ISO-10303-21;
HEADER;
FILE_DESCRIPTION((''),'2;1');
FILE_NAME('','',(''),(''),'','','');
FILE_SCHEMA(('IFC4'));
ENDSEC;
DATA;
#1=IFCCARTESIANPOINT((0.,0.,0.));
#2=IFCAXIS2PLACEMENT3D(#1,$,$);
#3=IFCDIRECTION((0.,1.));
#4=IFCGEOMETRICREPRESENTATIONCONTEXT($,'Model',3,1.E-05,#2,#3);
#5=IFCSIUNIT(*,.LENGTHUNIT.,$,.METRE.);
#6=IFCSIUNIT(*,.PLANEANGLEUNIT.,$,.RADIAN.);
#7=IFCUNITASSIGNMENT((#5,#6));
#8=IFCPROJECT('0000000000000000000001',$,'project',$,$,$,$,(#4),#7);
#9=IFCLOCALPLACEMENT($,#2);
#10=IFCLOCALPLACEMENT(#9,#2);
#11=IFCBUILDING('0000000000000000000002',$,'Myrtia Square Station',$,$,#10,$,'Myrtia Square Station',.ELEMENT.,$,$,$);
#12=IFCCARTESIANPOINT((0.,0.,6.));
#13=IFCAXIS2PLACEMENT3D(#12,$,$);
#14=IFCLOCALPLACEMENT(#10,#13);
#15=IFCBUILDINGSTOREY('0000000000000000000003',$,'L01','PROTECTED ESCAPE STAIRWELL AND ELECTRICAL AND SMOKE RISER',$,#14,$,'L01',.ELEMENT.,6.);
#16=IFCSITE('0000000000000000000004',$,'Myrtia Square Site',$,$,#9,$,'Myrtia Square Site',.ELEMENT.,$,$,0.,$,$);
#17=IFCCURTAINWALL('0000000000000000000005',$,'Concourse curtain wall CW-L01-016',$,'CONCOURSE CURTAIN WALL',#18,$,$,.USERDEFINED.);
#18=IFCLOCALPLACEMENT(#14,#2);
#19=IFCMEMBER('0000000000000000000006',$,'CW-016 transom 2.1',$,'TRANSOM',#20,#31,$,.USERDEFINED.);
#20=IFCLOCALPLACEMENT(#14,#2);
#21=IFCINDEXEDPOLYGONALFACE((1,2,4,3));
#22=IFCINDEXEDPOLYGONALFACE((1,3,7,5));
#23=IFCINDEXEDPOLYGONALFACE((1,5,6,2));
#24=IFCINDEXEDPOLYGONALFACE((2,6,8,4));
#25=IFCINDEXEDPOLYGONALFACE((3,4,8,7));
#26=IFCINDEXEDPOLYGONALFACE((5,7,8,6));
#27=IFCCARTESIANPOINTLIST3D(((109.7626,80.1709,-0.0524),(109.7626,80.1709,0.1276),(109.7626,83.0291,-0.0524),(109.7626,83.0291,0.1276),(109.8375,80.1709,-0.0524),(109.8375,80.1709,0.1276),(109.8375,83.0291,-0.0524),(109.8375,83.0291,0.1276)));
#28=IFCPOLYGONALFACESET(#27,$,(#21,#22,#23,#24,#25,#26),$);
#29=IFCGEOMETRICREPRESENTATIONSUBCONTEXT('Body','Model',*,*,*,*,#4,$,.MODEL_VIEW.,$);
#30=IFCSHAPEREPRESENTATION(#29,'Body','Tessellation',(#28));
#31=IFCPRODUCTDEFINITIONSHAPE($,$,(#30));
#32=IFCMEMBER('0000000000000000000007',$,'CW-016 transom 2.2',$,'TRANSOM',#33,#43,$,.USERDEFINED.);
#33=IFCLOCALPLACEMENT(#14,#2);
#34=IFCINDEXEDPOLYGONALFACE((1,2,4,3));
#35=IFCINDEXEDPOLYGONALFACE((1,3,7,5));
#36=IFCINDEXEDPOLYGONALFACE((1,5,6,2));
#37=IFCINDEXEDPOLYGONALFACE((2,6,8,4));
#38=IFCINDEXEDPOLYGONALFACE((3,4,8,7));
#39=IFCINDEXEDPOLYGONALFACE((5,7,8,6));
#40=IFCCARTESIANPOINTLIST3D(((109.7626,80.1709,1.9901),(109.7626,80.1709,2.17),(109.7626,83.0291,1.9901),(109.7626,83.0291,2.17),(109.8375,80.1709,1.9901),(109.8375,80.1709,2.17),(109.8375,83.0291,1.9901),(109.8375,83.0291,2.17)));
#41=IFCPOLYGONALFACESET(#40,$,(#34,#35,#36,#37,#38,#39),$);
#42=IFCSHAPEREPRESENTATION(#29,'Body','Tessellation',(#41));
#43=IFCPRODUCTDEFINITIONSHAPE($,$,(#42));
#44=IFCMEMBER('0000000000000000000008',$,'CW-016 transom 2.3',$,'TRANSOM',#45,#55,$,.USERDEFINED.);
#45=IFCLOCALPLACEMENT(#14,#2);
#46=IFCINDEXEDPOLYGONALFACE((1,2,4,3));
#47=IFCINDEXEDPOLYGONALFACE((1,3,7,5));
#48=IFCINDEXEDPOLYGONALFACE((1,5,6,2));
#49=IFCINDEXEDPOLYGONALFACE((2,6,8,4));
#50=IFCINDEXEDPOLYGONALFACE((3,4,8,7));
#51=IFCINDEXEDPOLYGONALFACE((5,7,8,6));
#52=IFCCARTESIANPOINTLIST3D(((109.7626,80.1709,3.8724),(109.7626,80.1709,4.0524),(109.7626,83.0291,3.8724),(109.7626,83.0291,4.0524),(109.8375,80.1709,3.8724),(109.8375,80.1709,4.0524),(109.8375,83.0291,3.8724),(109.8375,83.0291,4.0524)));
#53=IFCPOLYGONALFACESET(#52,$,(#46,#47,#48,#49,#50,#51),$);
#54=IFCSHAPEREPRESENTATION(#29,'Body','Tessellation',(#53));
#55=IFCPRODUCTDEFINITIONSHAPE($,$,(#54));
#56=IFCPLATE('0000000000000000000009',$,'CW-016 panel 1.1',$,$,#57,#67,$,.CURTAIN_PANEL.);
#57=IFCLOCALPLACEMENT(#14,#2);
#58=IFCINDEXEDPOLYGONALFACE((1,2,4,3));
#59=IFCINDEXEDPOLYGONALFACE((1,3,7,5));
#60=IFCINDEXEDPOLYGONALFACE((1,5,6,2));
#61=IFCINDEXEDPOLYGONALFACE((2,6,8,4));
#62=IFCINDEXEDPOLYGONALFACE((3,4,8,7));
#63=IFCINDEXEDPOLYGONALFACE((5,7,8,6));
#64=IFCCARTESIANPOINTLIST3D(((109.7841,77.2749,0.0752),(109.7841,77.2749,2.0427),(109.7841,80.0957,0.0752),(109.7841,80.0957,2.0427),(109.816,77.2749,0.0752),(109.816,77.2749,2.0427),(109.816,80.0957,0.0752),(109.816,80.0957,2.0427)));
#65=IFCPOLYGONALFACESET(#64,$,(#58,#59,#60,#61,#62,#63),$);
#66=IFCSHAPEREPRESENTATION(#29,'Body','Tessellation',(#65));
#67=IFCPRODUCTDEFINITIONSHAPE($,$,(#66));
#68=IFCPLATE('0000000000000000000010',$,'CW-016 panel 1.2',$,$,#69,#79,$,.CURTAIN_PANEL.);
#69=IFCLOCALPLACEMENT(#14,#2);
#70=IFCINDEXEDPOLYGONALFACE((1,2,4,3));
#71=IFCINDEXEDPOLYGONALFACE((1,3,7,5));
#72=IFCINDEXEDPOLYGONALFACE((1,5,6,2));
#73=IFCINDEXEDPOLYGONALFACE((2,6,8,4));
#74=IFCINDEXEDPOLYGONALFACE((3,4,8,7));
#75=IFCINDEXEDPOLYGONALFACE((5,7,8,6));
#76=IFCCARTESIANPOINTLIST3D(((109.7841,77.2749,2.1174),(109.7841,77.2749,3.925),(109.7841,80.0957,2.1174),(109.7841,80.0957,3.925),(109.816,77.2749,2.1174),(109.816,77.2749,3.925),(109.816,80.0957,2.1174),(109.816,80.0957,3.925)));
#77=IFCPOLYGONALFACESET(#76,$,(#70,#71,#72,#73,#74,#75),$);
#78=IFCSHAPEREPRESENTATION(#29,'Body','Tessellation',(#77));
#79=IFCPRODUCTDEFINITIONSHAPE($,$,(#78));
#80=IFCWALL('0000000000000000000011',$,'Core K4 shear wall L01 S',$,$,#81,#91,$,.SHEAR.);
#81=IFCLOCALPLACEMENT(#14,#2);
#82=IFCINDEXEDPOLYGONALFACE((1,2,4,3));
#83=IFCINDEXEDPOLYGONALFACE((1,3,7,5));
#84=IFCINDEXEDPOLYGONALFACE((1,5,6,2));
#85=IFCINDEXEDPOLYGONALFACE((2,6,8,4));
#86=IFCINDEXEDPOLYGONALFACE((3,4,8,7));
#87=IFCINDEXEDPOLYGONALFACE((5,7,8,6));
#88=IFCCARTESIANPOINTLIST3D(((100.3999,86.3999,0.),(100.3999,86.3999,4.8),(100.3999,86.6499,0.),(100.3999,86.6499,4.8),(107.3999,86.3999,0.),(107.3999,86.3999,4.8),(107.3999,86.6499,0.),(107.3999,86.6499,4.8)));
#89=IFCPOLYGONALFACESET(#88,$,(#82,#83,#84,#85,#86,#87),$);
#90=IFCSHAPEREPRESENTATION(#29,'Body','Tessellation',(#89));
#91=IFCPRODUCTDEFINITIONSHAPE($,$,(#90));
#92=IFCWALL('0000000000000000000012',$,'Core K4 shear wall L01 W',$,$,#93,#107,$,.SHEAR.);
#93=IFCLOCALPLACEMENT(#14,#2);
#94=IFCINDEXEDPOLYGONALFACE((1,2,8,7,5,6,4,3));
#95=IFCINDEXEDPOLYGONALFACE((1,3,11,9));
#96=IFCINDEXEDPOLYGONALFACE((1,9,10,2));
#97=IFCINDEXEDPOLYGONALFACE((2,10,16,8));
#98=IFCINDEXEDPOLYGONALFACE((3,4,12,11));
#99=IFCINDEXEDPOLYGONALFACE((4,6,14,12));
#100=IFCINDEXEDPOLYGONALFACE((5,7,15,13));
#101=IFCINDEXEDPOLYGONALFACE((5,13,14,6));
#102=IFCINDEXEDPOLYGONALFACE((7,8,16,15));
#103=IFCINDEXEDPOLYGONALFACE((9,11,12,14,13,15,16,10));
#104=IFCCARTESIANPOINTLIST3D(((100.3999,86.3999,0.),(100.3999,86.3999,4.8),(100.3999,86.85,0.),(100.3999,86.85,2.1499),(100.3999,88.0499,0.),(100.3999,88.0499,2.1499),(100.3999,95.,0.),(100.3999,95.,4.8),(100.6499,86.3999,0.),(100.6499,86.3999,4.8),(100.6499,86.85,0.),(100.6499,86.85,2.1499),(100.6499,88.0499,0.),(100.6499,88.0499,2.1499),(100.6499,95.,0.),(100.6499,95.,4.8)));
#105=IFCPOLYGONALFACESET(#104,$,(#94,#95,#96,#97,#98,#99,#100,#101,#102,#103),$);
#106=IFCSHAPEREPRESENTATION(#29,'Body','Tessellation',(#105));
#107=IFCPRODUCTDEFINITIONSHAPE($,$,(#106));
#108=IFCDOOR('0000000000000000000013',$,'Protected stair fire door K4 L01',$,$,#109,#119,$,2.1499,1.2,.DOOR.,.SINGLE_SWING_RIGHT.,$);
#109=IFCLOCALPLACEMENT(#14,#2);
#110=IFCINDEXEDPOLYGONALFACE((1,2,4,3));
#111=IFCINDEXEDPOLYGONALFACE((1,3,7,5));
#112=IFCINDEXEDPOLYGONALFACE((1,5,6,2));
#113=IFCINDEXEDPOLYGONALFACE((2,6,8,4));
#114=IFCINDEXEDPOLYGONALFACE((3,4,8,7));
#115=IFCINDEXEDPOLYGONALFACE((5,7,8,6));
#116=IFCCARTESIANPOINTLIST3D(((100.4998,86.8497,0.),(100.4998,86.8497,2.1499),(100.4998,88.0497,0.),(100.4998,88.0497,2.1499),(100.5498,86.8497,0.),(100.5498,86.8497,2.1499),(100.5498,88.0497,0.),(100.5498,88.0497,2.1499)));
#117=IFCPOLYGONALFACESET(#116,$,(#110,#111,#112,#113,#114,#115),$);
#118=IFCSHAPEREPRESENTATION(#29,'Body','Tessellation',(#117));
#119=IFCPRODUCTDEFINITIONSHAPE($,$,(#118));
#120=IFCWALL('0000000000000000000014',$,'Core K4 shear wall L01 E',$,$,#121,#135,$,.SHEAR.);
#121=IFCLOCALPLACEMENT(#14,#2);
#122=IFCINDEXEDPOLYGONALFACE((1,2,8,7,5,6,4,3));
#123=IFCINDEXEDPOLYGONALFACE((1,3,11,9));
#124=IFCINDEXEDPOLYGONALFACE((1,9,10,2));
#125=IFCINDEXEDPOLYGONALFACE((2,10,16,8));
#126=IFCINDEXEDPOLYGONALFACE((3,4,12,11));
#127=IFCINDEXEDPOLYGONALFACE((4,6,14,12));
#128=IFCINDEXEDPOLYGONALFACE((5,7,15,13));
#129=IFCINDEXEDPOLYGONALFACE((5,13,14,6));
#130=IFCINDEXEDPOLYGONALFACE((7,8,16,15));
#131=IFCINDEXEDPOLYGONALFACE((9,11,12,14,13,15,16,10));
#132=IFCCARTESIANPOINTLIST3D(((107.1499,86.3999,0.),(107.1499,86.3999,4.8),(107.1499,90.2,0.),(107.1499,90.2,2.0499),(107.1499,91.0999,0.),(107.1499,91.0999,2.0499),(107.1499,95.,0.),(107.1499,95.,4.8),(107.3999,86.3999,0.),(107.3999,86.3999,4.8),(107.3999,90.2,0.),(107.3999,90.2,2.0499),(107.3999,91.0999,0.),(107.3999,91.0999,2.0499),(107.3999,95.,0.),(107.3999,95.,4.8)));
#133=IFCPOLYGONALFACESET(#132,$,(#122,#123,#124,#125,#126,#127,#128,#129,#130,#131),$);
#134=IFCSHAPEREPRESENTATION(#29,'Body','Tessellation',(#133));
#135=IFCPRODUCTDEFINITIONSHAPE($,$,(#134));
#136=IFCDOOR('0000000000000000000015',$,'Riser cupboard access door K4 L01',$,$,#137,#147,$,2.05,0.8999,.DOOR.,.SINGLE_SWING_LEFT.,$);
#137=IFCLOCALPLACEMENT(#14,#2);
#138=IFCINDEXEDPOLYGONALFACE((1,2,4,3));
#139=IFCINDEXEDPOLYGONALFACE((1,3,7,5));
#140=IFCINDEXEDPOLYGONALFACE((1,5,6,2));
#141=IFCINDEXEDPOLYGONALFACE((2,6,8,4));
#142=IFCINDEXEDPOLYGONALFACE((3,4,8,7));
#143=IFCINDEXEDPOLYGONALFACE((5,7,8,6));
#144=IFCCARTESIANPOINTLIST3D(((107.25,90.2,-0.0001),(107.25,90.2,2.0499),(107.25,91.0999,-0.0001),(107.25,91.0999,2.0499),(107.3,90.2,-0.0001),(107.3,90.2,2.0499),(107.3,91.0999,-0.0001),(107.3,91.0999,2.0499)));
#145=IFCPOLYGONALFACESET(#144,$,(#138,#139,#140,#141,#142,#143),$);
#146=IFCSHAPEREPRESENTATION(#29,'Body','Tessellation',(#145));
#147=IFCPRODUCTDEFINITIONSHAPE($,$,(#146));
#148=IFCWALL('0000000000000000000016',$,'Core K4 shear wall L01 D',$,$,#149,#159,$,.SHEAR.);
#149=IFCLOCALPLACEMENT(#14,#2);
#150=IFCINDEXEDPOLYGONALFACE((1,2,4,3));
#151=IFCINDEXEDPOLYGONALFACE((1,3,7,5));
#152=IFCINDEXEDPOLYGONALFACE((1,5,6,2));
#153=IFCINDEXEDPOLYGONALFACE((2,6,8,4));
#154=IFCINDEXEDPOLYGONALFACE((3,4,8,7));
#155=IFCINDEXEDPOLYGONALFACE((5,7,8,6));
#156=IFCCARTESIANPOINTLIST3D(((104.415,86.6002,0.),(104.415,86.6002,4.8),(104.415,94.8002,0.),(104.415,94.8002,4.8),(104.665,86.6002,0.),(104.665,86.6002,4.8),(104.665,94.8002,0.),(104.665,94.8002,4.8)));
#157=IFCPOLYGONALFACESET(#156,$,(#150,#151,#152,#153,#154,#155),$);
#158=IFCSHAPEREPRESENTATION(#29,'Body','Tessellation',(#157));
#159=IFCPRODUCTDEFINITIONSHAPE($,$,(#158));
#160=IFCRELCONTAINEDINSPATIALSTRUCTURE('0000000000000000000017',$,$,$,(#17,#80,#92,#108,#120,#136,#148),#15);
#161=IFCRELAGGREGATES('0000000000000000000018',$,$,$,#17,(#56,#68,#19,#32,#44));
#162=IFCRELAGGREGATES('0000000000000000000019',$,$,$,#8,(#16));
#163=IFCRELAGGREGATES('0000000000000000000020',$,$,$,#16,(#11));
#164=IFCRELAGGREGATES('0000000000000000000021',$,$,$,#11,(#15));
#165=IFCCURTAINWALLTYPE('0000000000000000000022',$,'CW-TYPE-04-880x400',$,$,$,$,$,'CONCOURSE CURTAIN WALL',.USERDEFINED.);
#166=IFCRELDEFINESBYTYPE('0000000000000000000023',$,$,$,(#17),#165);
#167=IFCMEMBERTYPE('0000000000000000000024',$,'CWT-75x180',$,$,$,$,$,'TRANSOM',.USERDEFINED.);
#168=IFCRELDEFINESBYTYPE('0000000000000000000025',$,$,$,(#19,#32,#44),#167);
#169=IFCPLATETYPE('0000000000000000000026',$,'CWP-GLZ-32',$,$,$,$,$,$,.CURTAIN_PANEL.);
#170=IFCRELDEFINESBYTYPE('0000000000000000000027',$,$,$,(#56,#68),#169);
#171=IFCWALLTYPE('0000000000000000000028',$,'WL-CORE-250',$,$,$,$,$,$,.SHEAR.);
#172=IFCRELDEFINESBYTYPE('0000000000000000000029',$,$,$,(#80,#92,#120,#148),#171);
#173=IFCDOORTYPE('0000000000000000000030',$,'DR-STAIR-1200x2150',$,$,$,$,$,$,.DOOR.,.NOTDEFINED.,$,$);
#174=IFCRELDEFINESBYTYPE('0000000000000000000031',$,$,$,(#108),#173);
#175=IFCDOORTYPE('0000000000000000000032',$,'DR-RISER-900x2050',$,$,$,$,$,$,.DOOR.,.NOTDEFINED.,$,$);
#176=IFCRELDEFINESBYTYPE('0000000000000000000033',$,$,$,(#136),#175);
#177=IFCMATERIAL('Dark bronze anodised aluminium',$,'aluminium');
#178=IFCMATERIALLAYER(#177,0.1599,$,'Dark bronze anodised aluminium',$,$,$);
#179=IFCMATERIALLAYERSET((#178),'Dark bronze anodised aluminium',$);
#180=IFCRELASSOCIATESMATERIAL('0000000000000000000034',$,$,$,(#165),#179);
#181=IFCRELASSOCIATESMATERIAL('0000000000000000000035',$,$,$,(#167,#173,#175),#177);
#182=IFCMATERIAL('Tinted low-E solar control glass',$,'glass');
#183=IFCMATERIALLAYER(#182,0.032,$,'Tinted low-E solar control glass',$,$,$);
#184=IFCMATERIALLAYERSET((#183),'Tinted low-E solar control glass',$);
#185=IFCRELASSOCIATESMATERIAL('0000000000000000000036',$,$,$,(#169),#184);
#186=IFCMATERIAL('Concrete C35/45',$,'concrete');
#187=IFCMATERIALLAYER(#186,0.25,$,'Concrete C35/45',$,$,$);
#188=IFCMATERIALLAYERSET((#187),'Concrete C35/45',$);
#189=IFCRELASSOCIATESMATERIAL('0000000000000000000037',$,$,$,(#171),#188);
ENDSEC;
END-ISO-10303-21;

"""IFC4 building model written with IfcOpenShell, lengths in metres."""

from ifc_helpers import new_model, si_unit, direction, frame, frame_2d, origin, origin_2d, place, context, subcontext, project, spatial, rectangle, extrude, material, layer, layer_set, material_profile, profile_set, type_object, element, fill, aggregate, save


model = new_model("IFC4")

# Units and contexts
model_context = context("Model", 3, precision=1e-05, world=origin(), true_north=direction((0.0, 1.0)))
body_context = subcontext(model_context, "Body", "Model", "MODEL_VIEW")
ifc_project = project(units=[si_unit("LENGTHUNIT", "METRE"), si_unit("PLANEANGLEUNIT", "RADIAN")], contexts=[model_context])

# Site, building, storey
site_placement = place(None, origin())
site = spatial("IfcSite", under=ifc_project, at=site_placement, Name="Myrtia Square Site", LongName="Myrtia Square Site", CompositionType="ELEMENT", RefElevation=0.0)
building_placement = place(site_placement, origin())
building = spatial("IfcBuilding", under=site, at=building_placement, Name="Myrtia Square Station", LongName="Myrtia Square Station", CompositionType="ELEMENT")
storey_placement = place(building_placement, frame((0.0, 0.0, 6.0)))
storey = spatial("IfcBuildingStorey", under=building, at=storey_placement, Name="L01", Description="PROTECTED ESCAPE STAIRWELL AND ELECTRICAL AND SMOKE RISER", LongName="L01", CompositionType="ELEMENT", Elevation=6.0)

# Curtain wall, members, plates
ifc_material_1 = material(Name="Dark bronze anodised aluminium", Category="aluminium")
ifc_layer_1 = layer(ifc_material_1, 0.1599, Name="Dark bronze anodised aluminium")
ifc_layer_set_1 = layer_set([ifc_layer_1], Name="Dark bronze anodised aluminium")
curtain_wall_type = type_object("IfcCurtainWallType", Name="CW-TYPE-04-880x400", ElementType="CONCOURSE CURTAIN WALL", PredefinedType="USERDEFINED", material=ifc_layer_set_1)
curtain_wall_placement = place(storey_placement, origin())
curtain_wall = element("IfcCurtainWall", 1, at=curtain_wall_placement, inside=storey, type_object=curtain_wall_type, Name="Concourse curtain wall CW-L01-016", ObjectType="CONCOURSE CURTAIN WALL", PredefinedType="USERDEFINED")
ifc_material_profile_1 = material_profile(ifc_material_1, rectangle(XDim=0.075, YDim=0.1799, at=origin_2d()), Name="ALU-T 75x180")
ifc_profile_set_1 = profile_set([ifc_material_profile_1], Name="Dark bronze anodised aluminium")
member_type_1 = type_object("IfcMemberType", Name="CWT-75x180", ElementType="TRANSOM", PredefinedType="USERDEFINED", material=ifc_profile_set_1)
member_1_placement = place(storey_placement, frame((109.8, 80.1709, 0.0376), z_axis=(0.0, 1.0, 0.0), x_axis=(-1.0, 0.0, 0.0)))
member_1 = element("IfcMember", 2, at=member_1_placement, type_object=member_type_1, Name="CW-016 transom 2.1", ObjectType="TRANSOM", PredefinedType="USERDEFINED", context=body_context, shape_type="SweptSolid", body=[
    extrude(rectangle(XDim=0.075, YDim=0.1799, at=origin_2d()), origin(), (0.0, 0.0, 1.0), 2.8582),
])
member_2_placement = place(storey_placement, frame((109.8, 80.1709, 2.0801), z_axis=(0.0, 1.0, 0.0), x_axis=(-1.0, 0.0, 0.0)))
member_2 = element("IfcMember", 3, at=member_2_placement, type_object=member_type_1, Name="CW-016 transom 2.2", ObjectType="TRANSOM", PredefinedType="USERDEFINED", context=body_context, shape_type="SweptSolid", body=[
    extrude(rectangle(XDim=0.075, YDim=0.1799, at=origin_2d()), origin(), (0.0, 0.0, 1.0), 2.8582),
])
member_3_placement = place(storey_placement, frame((109.8, 80.1709, 3.9624), z_axis=(0.0, 1.0, 0.0), x_axis=(-1.0, 0.0, 0.0)))
member_3 = element("IfcMember", 4, at=member_3_placement, type_object=member_type_1, Name="CW-016 transom 2.3", ObjectType="TRANSOM", PredefinedType="USERDEFINED", context=body_context, shape_type="SweptSolid", body=[
    extrude(rectangle(XDim=0.075, YDim=0.1799, at=origin_2d()), origin(), (0.0, 0.0, 1.0), 2.8582),
])
ifc_material_2 = material(Name="Tinted low-E solar control glass", Category="glass")
ifc_layer_2 = layer(ifc_material_2, 0.032, Name="Tinted low-E solar control glass")
ifc_layer_set_2 = layer_set([ifc_layer_2], Name="Tinted low-E solar control glass")
plate_type = type_object("IfcPlateType", Name="CWP-GLZ-32", PredefinedType="CURTAIN_PANEL", material=ifc_layer_set_2)
plate_1_placement = place(storey_placement, frame((109.8, 78.6853, 0.0752), z_axis=(0.0, 0.0, 1.0), x_axis=(0.0, 1.0, 0.0)))
plate_1 = element("IfcPlate", 5, at=plate_1_placement, type_object=plate_type, Name="CW-016 panel 1.1", PredefinedType="CURTAIN_PANEL", context=body_context, shape_type="SweptSolid", body=[
    extrude(rectangle(XDim=2.8208, YDim=0.032, at=origin_2d()), origin(), (0.0, 0.0, 1.0), 1.9675),
])
plate_2_placement = place(storey_placement, frame((109.8, 78.6853, 2.1174), z_axis=(0.0, 0.0, 1.0), x_axis=(0.0, 1.0, 0.0)))
plate_2 = element("IfcPlate", 6, at=plate_2_placement, type_object=plate_type, Name="CW-016 panel 1.2", PredefinedType="CURTAIN_PANEL", context=body_context, shape_type="SweptSolid", body=[
    extrude(rectangle(XDim=2.8208, YDim=0.032, at=origin_2d()), origin(), (0.0, 0.0, 1.0), 1.8076),
])
aggregate(curtain_wall, [plate_1, plate_2, member_1, member_2, member_3])

# Wall
ifc_material_3 = material(Name="Concrete C35/45", Category="concrete")
ifc_layer_3 = layer(ifc_material_3, 0.25, Name="Concrete C35/45")
ifc_layer_set_3 = layer_set([ifc_layer_3], Name="Concrete C35/45")
wall_type_1 = type_object("IfcWallType", Name="WL-CORE-250", PredefinedType="SHEAR", material=ifc_layer_set_3)
wall_1_placement = place(storey_placement, frame((100.3999, 86.5249, 0.0), z_axis=(0.0, 0.0, 1.0), x_axis=(1.0, 0.0, 0.0)))
element("IfcWall", 7, at=wall_1_placement, inside=storey, type_object=wall_type_1, Name="Core K4 shear wall L01 S", PredefinedType="SHEAR", context=body_context, shape_type="SweptSolid", body=[
    extrude(rectangle(XDim=7.0, YDim=0.25, at=frame_2d((3.5, 0.0))), origin(), (0.0, 0.0, 1.0), 4.8),
])

# Walls, openings, doors
wall_2_placement = place(storey_placement, frame((100.5249, 86.3999, 0.0), z_axis=(0.0, 0.0, 1.0), x_axis=(0.0, 1.0, 0.0)))
wall_2 = element("IfcWall", 8, at=wall_2_placement, inside=storey, type_object=wall_type_1, Name="Core K4 shear wall L01 W", PredefinedType="SHEAR", context=body_context, shape_type="SweptSolid", body=[
    extrude(rectangle(XDim=8.6001, YDim=0.25, at=frame_2d((4.3, 0.0))), origin(), (0.0, 0.0, 1.0), 4.8),
])
opening_1_placement = place(wall_2_placement, frame((0.45, 0.0, 0.0)))
opening_1 = element("IfcOpeningElement", 9, at=opening_1_placement, cuts=wall_2, PredefinedType="OPENING", context=body_context, shape_type="SweptSolid", body=[
    extrude(rectangle(XDim=1.2, YDim=2.1499, at=frame_2d((0.6001, 1.075))), frame((0.0, 0.1399, 0.0), z_axis=(0.0, -1.0, 0.0), x_axis=(1.0, 0.0, 0.0)), (0.0, 0.0, 1.0), 0.28),
])
door_type_1 = type_object("IfcDoorType", Name="DR-STAIR-1200x2150", OperationType="NOTDEFINED", PredefinedType="DOOR", material=ifc_material_1)
door_1_placement = place(opening_1_placement, frame((1.2, 0.0, 0.0), z_axis=(0.0, 0.0, 1.0), x_axis=(-1.0, 0.0, 0.0)))
door_1 = element("IfcDoor", 10, at=door_1_placement, inside=storey, type_object=door_type_1, Name="Protected stair fire door K4 L01", OperationType="SINGLE_SWING_RIGHT", OverallHeight=2.1499, OverallWidth=1.2, PredefinedType="DOOR", context=body_context, shape_type="SweptSolid", body=[
    extrude(rectangle(XDim=1.2, YDim=2.1499, at=frame_2d((0.6001, 1.075))), frame((0.0, 0.0249, 0.0), z_axis=(0.0, -1.0, 0.0), x_axis=(1.0, 0.0, 0.0)), (0.0, 0.0, 1.0), 0.05),
])
fill(opening_1, door_1)
wall_3_placement = place(storey_placement, frame((107.2749, 86.3999, 0.0), z_axis=(0.0, 0.0, 1.0), x_axis=(0.0, 1.0, 0.0)))
wall_3 = element("IfcWall", 11, at=wall_3_placement, inside=storey, type_object=wall_type_1, Name="Core K4 shear wall L01 E", PredefinedType="SHEAR", context=body_context, shape_type="SweptSolid", body=[
    extrude(rectangle(XDim=8.6001, YDim=0.25, at=frame_2d((4.3, 0.0))), origin(), (0.0, 0.0, 1.0), 4.8),
])
opening_2_placement = place(wall_3_placement, frame((3.8, 0.0, 0.0)))
opening_2 = element("IfcOpeningElement", 12, at=opening_2_placement, cuts=wall_3, PredefinedType="OPENING", context=body_context, shape_type="SweptSolid", body=[
    extrude(rectangle(XDim=0.8999, YDim=2.05, at=frame_2d((0.45, 1.0249))), frame((0.0, 0.1399, 0.0), z_axis=(0.0, -1.0, 0.0), x_axis=(1.0, 0.0, 0.0)), (0.0, 0.0, 1.0), 0.28),
])
door_type_2 = type_object("IfcDoorType", Name="DR-RISER-900x2050", OperationType="NOTDEFINED", PredefinedType="DOOR", material=ifc_material_1)
door_2_placement = place(opening_2_placement, origin())
door_2 = element("IfcDoor", 13, at=door_2_placement, inside=storey, type_object=door_type_2, Name="Riser cupboard access door K4 L01", OperationType="SINGLE_SWING_LEFT", OverallHeight=2.05, OverallWidth=0.8999, PredefinedType="DOOR", context=body_context, shape_type="SweptSolid", body=[
    extrude(rectangle(XDim=0.8999, YDim=2.05, at=frame_2d((0.45, 1.0249))), frame((0.0, 0.0249, 0.0), z_axis=(0.0, -1.0, 0.0), x_axis=(1.0, 0.0, 0.0)), (0.0, 0.0, 1.0), 0.05),
])
fill(opening_2, door_2)

# Wall
wall_4_placement = place(storey_placement, frame((104.54, 86.6001, 0.0), z_axis=(0.0, 0.0, 1.0), x_axis=(0.0, 1.0, 0.0)))
element("IfcWall", 14, at=wall_4_placement, inside=storey, type_object=wall_type_1, Name="Core K4 shear wall L01 D", PredefinedType="SHEAR", context=body_context, shape_type="SweptSolid", body=[
    extrude(rectangle(XDim=8.2, YDim=0.25, at=frame_2d((4.1001, 0.0))), origin(), (0.0, 0.0, 1.0), 4.8),
])

save(model, "model.ifc")
